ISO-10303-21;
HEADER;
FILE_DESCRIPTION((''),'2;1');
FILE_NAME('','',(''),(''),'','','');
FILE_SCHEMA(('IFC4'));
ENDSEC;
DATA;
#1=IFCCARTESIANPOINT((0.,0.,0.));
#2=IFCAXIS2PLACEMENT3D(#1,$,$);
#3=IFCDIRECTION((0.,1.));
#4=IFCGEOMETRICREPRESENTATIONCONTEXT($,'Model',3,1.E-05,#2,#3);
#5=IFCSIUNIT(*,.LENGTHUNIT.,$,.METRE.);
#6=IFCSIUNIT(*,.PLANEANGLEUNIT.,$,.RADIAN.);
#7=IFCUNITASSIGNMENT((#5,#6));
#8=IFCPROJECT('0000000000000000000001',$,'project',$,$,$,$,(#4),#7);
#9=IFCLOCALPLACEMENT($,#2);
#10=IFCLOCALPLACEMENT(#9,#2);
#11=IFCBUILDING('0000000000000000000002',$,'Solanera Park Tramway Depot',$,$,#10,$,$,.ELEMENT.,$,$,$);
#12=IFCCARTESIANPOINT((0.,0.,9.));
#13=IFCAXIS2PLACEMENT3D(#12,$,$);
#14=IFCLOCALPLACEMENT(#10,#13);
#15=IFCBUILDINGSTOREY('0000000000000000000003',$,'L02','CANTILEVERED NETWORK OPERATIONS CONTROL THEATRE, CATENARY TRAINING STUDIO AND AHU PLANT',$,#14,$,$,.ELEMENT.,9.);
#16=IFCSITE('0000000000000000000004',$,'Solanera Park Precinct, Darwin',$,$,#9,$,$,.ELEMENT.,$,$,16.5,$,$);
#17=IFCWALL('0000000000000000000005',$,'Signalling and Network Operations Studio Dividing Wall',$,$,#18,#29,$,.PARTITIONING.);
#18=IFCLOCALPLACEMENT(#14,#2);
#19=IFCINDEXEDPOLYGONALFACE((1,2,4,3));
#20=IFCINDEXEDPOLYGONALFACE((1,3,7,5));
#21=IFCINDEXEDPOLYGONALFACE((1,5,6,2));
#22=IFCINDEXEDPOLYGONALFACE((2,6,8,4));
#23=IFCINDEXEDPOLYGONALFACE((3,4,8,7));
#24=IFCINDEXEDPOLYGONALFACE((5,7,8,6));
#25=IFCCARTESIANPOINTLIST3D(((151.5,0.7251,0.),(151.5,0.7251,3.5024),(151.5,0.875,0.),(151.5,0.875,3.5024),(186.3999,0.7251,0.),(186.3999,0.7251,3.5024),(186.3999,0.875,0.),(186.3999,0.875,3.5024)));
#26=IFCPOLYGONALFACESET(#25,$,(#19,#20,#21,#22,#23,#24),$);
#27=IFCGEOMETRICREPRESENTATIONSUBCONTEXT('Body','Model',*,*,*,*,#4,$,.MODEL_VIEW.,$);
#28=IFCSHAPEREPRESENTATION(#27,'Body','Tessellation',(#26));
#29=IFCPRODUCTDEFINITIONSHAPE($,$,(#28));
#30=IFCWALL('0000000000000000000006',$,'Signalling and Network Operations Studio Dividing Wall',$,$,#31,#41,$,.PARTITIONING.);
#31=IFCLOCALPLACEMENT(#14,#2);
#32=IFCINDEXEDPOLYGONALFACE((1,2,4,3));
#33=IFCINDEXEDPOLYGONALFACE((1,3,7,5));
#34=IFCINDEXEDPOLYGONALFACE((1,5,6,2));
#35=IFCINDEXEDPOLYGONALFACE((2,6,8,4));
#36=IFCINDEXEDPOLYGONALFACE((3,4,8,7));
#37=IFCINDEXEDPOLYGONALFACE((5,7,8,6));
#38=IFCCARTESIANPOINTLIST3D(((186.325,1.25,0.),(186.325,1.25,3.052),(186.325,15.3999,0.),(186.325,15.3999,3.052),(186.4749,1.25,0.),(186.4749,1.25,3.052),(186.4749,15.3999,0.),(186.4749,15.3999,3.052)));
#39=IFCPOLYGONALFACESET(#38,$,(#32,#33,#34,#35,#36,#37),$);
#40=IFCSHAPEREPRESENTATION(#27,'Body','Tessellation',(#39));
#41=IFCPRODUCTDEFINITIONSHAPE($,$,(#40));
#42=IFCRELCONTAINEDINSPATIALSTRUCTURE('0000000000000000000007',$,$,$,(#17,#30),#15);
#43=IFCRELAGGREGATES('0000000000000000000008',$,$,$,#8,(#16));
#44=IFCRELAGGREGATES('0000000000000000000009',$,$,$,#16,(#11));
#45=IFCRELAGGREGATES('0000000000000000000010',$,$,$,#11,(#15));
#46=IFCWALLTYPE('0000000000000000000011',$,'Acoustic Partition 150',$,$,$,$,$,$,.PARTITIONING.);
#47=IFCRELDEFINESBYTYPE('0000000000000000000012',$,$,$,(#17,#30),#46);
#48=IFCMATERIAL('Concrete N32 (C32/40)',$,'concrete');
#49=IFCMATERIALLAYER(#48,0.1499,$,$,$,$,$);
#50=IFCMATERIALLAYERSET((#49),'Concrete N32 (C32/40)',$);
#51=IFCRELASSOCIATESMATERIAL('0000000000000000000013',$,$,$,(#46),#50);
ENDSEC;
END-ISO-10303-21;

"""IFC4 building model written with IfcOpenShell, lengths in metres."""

from ifc_helpers import new_model, si_unit, direction, frame, frame_2d, origin, place, context, subcontext, project, spatial, rectangle, extrude, material, layer, layer_set, type_object, element, save


model = new_model("IFC4")

# Units and contexts
model_context = context("Model", 3, precision=1e-05, world=origin(), true_north=direction((0.0, 1.0)))
body_context = subcontext(model_context, "Body", "Model", "MODEL_VIEW")
ifc_project = project(units=[si_unit("LENGTHUNIT", "METRE"), si_unit("PLANEANGLEUNIT", "RADIAN")], contexts=[model_context])

# Site, building, storey
site_placement = place(None, origin())
site = spatial("IfcSite", under=ifc_project, at=site_placement, Name="Solanera Park Precinct, Darwin", CompositionType="ELEMENT", RefElevation=16.5)
building_placement = place(site_placement, origin())
building = spatial("IfcBuilding", under=site, at=building_placement, Name="Solanera Park Tramway Depot", CompositionType="ELEMENT")
storey_placement = place(building_placement, frame((0.0, 0.0, 9.0)))
storey = spatial("IfcBuildingStorey", under=building, at=storey_placement, Name="L02", Description="CANTILEVERED NETWORK OPERATIONS CONTROL THEATRE, CATENARY TRAINING STUDIO AND AHU PLANT", CompositionType="ELEMENT", Elevation=9.0)

# Walls
ifc_material_1 = material(Name="Concrete N32 (C32/40)", Category="concrete")
ifc_layer_1 = layer(ifc_material_1, 0.1499)
ifc_layer_set_1 = layer_set([ifc_layer_1], Name="Concrete N32 (C32/40)")
wall_type = type_object("IfcWallType", Name="Acoustic Partition 150", PredefinedType="PARTITIONING", material=ifc_layer_set_1)
wall_1_placement = place(storey_placement, frame((186.3999, 0.8, 0.0), z_axis=(0.0, 0.0, 1.0), x_axis=(-1.0, 0.0, 0.0)))
element("IfcWall", 1, at=wall_1_placement, inside=storey, type_object=wall_type, Name="Signalling and Network Operations Studio Dividing Wall", PredefinedType="PARTITIONING", context=body_context, shape_type="SweptSolid", body=[
    extrude(rectangle(XDim=34.8999, YDim=0.1499, at=frame_2d((17.45, 0.0))), origin(), (0.0, 0.0, 1.0), 3.5024),
])
wall_2_placement = place(storey_placement, frame((186.3999, 1.25, 0.0), z_axis=(0.0, 0.0, 1.0), x_axis=(0.0, 1.0, 0.0)))
element("IfcWall", 2, at=wall_2_placement, inside=storey, type_object=wall_type, Name="Signalling and Network Operations Studio Dividing Wall", PredefinedType="PARTITIONING", context=body_context, shape_type="SweptSolid", body=[
    extrude(rectangle(XDim=14.1499, YDim=0.1499, at=frame_2d((7.075, 0.0))), origin(), (0.0, 0.0, 1.0), 3.052),
])

save(model, "model.ifc")
